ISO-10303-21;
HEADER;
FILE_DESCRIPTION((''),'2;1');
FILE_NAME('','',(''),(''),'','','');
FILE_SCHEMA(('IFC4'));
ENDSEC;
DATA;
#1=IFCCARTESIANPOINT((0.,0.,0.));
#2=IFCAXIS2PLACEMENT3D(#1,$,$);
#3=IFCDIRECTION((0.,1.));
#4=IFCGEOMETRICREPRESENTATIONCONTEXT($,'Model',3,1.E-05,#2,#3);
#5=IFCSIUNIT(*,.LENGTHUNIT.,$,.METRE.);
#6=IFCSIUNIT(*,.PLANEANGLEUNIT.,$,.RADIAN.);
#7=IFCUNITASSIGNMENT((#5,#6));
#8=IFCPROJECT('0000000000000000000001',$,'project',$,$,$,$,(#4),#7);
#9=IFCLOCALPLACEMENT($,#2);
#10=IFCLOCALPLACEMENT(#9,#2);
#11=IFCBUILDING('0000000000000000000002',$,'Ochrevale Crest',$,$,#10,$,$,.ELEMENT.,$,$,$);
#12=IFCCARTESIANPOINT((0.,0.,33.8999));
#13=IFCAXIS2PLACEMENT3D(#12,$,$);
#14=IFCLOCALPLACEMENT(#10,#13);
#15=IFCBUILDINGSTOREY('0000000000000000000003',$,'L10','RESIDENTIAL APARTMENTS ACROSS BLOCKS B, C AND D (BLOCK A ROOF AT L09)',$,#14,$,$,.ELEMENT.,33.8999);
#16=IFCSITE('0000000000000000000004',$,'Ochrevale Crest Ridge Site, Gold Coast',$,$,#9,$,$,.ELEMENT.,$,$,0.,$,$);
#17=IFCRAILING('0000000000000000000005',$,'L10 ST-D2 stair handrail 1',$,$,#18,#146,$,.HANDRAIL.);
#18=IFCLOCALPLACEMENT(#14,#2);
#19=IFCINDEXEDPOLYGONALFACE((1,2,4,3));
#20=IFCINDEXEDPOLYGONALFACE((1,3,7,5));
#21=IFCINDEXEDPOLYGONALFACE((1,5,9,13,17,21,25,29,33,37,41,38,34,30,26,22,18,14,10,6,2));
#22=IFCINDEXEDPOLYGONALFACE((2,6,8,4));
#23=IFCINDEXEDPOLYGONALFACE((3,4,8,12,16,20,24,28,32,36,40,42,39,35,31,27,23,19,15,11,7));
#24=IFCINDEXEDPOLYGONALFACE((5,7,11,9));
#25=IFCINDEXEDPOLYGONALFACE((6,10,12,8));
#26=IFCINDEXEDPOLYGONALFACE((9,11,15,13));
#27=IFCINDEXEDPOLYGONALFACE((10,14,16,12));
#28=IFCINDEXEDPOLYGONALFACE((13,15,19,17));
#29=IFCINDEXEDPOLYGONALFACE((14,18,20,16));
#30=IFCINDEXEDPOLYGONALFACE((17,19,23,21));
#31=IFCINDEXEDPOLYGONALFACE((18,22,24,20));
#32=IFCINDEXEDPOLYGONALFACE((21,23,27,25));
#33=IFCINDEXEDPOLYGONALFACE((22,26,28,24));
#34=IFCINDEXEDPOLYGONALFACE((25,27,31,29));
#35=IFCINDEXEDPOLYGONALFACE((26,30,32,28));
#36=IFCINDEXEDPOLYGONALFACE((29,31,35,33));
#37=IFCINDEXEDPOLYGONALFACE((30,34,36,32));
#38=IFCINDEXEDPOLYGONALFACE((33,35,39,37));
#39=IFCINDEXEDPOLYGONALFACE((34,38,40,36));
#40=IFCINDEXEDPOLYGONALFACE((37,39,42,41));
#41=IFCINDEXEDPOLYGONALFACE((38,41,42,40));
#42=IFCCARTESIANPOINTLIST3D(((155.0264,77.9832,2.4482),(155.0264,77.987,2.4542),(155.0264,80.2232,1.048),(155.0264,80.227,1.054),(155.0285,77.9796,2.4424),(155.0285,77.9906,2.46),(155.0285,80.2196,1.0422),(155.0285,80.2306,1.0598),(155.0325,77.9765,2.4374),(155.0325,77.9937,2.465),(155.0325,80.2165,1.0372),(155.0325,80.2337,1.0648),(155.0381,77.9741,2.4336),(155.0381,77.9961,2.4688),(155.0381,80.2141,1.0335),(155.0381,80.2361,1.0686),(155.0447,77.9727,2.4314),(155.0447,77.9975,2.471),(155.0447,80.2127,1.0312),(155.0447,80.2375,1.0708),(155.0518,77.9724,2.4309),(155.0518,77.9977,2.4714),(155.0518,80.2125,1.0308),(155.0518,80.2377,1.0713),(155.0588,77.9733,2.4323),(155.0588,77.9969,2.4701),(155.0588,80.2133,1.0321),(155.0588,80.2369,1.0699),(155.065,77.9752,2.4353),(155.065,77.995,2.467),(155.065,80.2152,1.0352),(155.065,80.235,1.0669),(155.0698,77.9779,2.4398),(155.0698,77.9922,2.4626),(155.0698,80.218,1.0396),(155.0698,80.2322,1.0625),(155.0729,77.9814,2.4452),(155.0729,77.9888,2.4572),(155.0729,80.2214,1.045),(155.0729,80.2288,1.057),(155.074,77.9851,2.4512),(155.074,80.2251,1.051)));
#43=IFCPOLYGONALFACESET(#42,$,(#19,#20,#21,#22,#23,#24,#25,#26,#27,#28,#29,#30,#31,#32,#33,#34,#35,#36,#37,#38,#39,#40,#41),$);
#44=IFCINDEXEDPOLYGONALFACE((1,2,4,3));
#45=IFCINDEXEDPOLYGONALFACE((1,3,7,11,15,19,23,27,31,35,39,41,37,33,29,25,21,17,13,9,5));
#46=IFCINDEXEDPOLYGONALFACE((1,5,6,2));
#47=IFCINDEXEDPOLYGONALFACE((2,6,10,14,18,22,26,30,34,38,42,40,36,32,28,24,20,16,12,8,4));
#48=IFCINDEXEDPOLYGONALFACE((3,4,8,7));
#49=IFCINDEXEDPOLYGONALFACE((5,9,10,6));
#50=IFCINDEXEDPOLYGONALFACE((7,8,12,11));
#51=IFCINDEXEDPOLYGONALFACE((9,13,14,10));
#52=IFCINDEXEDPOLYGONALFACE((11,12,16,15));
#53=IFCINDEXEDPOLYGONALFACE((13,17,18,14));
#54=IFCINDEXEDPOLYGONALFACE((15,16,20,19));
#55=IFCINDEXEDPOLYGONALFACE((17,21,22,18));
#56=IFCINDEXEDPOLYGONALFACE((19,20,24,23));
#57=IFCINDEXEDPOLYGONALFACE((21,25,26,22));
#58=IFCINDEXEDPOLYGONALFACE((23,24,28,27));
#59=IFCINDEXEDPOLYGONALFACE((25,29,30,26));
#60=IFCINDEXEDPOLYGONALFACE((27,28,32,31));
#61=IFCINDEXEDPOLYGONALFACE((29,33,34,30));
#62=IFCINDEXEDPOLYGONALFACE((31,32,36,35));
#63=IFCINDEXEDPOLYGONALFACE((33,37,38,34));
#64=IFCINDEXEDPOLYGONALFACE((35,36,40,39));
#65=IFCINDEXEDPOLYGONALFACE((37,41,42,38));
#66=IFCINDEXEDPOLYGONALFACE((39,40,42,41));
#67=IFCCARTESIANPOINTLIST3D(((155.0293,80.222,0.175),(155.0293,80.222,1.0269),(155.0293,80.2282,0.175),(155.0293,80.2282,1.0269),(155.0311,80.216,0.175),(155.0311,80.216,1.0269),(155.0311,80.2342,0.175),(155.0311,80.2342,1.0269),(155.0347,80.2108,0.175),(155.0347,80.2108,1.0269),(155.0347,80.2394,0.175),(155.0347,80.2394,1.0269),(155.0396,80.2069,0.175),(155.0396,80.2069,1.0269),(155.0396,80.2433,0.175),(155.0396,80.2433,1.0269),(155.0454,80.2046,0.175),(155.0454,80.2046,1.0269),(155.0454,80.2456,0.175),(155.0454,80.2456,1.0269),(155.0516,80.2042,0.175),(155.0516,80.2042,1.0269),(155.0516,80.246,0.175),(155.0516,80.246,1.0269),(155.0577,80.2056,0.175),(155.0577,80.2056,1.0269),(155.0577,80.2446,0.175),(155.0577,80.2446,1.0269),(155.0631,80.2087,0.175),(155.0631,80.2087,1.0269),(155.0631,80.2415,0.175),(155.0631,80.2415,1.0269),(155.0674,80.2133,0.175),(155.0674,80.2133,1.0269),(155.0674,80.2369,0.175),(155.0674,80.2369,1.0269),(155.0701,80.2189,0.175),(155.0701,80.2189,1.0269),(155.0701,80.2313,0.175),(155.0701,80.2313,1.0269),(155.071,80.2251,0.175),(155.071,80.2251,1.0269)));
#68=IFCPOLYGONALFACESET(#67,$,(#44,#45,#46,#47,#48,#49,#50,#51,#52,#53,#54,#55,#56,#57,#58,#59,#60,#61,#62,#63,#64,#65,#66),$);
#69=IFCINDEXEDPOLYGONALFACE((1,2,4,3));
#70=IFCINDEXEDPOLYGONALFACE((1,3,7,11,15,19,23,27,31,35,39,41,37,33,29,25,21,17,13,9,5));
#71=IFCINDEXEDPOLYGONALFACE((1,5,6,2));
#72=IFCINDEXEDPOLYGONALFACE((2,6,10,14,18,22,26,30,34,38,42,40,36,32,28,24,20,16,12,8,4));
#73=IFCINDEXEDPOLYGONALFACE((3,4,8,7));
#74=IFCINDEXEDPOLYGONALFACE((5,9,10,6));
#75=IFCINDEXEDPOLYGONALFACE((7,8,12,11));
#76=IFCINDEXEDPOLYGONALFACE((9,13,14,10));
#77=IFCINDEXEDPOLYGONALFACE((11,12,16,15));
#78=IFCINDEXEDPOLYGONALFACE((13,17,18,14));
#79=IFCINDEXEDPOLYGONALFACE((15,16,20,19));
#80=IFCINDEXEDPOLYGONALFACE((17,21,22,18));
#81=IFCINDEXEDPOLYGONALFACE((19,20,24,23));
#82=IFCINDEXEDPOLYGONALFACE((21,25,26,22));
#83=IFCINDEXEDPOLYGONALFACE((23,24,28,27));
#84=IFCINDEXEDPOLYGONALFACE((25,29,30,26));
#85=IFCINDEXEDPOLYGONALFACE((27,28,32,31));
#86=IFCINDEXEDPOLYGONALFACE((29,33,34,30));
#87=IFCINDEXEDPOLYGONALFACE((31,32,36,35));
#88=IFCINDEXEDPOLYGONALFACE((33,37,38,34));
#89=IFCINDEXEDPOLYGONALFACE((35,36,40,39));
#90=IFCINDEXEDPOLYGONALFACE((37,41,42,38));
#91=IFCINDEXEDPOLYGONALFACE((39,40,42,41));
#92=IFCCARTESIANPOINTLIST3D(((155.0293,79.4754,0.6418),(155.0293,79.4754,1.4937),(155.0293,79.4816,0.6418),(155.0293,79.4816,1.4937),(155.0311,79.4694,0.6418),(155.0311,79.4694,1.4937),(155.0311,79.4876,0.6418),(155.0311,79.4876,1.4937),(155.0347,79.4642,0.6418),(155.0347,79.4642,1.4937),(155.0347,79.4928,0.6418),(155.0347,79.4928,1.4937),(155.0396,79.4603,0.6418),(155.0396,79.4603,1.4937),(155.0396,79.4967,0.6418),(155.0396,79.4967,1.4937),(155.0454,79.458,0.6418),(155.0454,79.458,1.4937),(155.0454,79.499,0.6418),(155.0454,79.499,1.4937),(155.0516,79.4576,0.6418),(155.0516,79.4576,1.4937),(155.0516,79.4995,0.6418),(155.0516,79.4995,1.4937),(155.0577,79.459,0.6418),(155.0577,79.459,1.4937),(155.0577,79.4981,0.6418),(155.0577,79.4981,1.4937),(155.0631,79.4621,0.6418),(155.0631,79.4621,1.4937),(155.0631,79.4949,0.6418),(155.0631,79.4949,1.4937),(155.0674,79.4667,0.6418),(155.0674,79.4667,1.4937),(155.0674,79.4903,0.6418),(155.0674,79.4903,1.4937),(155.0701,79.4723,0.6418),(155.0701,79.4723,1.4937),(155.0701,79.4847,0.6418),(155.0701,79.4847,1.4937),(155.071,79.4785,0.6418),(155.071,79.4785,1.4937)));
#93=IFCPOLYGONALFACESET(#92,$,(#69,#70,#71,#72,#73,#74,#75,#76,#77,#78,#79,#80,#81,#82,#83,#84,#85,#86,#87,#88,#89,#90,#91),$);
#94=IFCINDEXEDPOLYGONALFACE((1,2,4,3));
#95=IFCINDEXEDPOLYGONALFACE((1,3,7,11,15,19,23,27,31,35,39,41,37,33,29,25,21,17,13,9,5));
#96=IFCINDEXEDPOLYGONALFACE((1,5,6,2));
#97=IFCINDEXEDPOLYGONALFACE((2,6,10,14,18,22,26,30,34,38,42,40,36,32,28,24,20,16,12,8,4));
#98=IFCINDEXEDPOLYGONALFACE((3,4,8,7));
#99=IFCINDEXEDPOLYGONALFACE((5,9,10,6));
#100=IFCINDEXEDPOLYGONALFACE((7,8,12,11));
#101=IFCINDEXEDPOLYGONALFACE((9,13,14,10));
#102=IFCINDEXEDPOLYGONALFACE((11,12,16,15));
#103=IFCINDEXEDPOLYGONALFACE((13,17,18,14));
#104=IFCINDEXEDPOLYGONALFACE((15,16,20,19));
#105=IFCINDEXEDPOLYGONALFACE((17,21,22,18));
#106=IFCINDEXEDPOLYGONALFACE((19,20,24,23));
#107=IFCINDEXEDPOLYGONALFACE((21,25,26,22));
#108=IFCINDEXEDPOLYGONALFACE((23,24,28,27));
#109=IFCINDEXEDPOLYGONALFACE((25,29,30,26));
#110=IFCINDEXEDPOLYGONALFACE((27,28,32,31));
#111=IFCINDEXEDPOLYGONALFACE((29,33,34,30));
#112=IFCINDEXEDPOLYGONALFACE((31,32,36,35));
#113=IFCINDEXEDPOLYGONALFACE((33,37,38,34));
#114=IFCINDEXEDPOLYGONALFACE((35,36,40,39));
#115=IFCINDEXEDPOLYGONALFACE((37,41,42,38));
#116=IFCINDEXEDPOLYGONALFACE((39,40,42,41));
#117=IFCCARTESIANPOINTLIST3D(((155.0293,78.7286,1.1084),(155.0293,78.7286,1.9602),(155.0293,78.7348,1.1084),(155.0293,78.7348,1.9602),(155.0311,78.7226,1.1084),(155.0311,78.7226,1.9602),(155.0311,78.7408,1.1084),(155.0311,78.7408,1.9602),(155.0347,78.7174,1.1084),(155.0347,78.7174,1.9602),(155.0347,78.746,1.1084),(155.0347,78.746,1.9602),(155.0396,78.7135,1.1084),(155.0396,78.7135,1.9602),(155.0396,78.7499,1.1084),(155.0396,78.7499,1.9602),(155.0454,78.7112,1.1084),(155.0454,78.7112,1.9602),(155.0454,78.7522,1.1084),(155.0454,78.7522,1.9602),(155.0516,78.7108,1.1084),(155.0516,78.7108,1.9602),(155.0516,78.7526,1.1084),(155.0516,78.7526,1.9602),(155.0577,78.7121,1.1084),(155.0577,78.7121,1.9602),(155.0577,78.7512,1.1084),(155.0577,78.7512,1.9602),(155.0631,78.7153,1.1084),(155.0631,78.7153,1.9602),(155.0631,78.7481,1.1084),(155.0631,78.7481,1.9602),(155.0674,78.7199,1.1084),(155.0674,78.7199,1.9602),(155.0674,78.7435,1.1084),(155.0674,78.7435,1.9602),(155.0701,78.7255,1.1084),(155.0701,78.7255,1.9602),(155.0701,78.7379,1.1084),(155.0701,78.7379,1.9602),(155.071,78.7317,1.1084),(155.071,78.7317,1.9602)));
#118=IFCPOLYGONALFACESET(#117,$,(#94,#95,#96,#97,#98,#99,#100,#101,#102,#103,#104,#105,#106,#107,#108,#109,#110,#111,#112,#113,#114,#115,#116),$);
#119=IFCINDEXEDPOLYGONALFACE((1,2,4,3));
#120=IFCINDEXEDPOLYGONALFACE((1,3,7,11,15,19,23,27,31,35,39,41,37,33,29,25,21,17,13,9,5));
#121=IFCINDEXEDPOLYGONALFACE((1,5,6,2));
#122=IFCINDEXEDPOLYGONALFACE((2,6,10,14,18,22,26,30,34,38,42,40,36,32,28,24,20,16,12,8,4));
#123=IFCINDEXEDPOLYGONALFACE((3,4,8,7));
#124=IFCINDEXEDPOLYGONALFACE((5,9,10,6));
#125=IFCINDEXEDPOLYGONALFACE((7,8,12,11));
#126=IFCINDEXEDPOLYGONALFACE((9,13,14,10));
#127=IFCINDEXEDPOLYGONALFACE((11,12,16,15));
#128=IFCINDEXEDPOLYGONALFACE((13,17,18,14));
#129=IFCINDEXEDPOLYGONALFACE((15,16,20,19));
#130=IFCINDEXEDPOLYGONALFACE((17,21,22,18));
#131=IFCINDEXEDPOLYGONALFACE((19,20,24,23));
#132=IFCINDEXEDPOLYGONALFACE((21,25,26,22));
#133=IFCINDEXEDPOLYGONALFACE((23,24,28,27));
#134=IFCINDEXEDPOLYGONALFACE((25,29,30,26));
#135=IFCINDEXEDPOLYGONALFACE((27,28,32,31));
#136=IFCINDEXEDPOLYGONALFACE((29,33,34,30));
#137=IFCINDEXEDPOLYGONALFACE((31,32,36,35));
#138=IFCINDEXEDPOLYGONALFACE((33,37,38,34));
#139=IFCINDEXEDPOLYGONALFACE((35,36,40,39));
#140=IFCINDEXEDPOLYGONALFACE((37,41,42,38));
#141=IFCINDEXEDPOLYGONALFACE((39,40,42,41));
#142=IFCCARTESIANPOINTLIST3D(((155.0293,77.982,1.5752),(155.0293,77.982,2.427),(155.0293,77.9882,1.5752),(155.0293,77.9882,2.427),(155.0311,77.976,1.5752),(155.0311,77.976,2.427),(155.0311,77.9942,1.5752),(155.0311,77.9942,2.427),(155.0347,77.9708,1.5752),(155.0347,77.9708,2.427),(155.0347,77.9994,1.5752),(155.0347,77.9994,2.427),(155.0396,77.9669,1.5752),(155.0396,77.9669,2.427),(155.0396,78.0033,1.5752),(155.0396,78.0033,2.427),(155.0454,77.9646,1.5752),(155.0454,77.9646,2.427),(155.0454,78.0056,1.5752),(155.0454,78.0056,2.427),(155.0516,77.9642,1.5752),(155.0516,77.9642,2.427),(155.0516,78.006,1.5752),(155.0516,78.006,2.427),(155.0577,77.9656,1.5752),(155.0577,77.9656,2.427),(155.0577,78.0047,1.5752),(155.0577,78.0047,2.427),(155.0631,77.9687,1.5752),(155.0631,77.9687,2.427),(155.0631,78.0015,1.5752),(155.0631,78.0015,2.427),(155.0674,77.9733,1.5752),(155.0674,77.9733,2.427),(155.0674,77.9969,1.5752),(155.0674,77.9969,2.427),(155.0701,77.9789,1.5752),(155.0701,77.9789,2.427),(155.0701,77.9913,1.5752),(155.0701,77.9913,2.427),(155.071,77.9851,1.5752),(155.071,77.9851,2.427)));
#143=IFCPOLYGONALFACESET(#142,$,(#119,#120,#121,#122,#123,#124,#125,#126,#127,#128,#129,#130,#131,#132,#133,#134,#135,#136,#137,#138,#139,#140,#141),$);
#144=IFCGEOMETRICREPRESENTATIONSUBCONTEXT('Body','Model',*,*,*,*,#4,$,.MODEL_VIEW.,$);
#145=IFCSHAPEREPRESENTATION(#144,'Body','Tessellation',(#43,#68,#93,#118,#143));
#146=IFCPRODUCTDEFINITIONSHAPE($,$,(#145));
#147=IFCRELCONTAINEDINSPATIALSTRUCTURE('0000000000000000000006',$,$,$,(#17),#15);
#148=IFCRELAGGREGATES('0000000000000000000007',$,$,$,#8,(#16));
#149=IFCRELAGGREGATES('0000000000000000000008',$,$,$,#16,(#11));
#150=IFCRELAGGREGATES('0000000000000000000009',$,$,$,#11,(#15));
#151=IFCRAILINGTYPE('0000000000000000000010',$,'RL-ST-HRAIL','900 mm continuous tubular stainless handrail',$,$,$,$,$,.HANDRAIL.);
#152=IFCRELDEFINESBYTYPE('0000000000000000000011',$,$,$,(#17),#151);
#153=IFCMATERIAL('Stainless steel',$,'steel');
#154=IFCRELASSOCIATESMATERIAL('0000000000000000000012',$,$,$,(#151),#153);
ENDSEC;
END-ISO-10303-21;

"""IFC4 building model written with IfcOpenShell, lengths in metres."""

from ifc_helpers import new_model, si_unit, direction, frame, origin, origin_2d, place, context, subcontext, project, spatial, circle, extrude, material, type_object, element, save


model = new_model("IFC4")

# Units and contexts
model_context = context("Model", 3, precision=1e-05, world=origin(), true_north=direction((0.0, 1.0)))
body_context = subcontext(model_context, "Body", "Model", "MODEL_VIEW")
ifc_project = project(units=[si_unit("LENGTHUNIT", "METRE"), si_unit("PLANEANGLEUNIT", "RADIAN")], contexts=[model_context])

# Site, building, storey
site_placement = place(None, origin())
site = spatial("IfcSite", under=ifc_project, at=site_placement, Name="Ochrevale Crest Ridge Site, Gold Coast", CompositionType="ELEMENT", RefElevation=0.0)
building_placement = place(site_placement, origin())
building = spatial("IfcBuilding", under=site, at=building_placement, Name="Ochrevale Crest", CompositionType="ELEMENT")
storey_placement = place(building_placement, frame((0.0, 0.0, 33.8999)))
storey = spatial("IfcBuildingStorey", under=building, at=storey_placement, Name="L10", Description="RESIDENTIAL APARTMENTS ACROSS BLOCKS B, C AND D (BLOCK A ROOF AT L09)", CompositionType="ELEMENT", Elevation=33.8999)

# Railing
ifc_material_1 = material(Name="Stainless steel", Category="steel")
railing_type_1 = type_object("IfcRailingType", Name="RL-ST-HRAIL", Description="900 mm continuous tubular stainless handrail", PredefinedType="HANDRAIL", material=ifc_material_1)
railing_1_placement = place(storey_placement, frame((155.05, 80.2251, 0.175)))
element("IfcRailing", 1, at=railing_1_placement, inside=storey, type_object=railing_type_1, Name="L10 ST-D2 stair handrail 1", PredefinedType="HANDRAIL", context=body_context, shape_type="SweptSolid", body=[
    extrude(circle(Radius=0.0239, at=origin_2d()), frame((0.0, 0.0, 0.876), z_axis=(0.0, -0.847972, 0.53004), x_axis=(1.0, 0.0, 0.0)), (0.0, 0.0, 1.0), 2.6416),
    extrude(circle(Radius=0.021, at=origin_2d()), origin(), (0.0, 0.0, 1.0), 0.8518),
    extrude(circle(Radius=0.021, at=origin_2d()), frame((0.0, -0.7466, 0.4668)), (0.0, 0.0, 1.0), 0.8518),
    extrude(circle(Radius=0.021, at=origin_2d()), frame((0.0, -1.4934, 0.9333)), (0.0, 0.0, 1.0), 0.8518),
    extrude(circle(Radius=0.021, at=origin_2d()), frame((0.0, -2.24, 1.4001)), (0.0, 0.0, 1.0), 0.8518),
])

save(model, "model.ifc")
